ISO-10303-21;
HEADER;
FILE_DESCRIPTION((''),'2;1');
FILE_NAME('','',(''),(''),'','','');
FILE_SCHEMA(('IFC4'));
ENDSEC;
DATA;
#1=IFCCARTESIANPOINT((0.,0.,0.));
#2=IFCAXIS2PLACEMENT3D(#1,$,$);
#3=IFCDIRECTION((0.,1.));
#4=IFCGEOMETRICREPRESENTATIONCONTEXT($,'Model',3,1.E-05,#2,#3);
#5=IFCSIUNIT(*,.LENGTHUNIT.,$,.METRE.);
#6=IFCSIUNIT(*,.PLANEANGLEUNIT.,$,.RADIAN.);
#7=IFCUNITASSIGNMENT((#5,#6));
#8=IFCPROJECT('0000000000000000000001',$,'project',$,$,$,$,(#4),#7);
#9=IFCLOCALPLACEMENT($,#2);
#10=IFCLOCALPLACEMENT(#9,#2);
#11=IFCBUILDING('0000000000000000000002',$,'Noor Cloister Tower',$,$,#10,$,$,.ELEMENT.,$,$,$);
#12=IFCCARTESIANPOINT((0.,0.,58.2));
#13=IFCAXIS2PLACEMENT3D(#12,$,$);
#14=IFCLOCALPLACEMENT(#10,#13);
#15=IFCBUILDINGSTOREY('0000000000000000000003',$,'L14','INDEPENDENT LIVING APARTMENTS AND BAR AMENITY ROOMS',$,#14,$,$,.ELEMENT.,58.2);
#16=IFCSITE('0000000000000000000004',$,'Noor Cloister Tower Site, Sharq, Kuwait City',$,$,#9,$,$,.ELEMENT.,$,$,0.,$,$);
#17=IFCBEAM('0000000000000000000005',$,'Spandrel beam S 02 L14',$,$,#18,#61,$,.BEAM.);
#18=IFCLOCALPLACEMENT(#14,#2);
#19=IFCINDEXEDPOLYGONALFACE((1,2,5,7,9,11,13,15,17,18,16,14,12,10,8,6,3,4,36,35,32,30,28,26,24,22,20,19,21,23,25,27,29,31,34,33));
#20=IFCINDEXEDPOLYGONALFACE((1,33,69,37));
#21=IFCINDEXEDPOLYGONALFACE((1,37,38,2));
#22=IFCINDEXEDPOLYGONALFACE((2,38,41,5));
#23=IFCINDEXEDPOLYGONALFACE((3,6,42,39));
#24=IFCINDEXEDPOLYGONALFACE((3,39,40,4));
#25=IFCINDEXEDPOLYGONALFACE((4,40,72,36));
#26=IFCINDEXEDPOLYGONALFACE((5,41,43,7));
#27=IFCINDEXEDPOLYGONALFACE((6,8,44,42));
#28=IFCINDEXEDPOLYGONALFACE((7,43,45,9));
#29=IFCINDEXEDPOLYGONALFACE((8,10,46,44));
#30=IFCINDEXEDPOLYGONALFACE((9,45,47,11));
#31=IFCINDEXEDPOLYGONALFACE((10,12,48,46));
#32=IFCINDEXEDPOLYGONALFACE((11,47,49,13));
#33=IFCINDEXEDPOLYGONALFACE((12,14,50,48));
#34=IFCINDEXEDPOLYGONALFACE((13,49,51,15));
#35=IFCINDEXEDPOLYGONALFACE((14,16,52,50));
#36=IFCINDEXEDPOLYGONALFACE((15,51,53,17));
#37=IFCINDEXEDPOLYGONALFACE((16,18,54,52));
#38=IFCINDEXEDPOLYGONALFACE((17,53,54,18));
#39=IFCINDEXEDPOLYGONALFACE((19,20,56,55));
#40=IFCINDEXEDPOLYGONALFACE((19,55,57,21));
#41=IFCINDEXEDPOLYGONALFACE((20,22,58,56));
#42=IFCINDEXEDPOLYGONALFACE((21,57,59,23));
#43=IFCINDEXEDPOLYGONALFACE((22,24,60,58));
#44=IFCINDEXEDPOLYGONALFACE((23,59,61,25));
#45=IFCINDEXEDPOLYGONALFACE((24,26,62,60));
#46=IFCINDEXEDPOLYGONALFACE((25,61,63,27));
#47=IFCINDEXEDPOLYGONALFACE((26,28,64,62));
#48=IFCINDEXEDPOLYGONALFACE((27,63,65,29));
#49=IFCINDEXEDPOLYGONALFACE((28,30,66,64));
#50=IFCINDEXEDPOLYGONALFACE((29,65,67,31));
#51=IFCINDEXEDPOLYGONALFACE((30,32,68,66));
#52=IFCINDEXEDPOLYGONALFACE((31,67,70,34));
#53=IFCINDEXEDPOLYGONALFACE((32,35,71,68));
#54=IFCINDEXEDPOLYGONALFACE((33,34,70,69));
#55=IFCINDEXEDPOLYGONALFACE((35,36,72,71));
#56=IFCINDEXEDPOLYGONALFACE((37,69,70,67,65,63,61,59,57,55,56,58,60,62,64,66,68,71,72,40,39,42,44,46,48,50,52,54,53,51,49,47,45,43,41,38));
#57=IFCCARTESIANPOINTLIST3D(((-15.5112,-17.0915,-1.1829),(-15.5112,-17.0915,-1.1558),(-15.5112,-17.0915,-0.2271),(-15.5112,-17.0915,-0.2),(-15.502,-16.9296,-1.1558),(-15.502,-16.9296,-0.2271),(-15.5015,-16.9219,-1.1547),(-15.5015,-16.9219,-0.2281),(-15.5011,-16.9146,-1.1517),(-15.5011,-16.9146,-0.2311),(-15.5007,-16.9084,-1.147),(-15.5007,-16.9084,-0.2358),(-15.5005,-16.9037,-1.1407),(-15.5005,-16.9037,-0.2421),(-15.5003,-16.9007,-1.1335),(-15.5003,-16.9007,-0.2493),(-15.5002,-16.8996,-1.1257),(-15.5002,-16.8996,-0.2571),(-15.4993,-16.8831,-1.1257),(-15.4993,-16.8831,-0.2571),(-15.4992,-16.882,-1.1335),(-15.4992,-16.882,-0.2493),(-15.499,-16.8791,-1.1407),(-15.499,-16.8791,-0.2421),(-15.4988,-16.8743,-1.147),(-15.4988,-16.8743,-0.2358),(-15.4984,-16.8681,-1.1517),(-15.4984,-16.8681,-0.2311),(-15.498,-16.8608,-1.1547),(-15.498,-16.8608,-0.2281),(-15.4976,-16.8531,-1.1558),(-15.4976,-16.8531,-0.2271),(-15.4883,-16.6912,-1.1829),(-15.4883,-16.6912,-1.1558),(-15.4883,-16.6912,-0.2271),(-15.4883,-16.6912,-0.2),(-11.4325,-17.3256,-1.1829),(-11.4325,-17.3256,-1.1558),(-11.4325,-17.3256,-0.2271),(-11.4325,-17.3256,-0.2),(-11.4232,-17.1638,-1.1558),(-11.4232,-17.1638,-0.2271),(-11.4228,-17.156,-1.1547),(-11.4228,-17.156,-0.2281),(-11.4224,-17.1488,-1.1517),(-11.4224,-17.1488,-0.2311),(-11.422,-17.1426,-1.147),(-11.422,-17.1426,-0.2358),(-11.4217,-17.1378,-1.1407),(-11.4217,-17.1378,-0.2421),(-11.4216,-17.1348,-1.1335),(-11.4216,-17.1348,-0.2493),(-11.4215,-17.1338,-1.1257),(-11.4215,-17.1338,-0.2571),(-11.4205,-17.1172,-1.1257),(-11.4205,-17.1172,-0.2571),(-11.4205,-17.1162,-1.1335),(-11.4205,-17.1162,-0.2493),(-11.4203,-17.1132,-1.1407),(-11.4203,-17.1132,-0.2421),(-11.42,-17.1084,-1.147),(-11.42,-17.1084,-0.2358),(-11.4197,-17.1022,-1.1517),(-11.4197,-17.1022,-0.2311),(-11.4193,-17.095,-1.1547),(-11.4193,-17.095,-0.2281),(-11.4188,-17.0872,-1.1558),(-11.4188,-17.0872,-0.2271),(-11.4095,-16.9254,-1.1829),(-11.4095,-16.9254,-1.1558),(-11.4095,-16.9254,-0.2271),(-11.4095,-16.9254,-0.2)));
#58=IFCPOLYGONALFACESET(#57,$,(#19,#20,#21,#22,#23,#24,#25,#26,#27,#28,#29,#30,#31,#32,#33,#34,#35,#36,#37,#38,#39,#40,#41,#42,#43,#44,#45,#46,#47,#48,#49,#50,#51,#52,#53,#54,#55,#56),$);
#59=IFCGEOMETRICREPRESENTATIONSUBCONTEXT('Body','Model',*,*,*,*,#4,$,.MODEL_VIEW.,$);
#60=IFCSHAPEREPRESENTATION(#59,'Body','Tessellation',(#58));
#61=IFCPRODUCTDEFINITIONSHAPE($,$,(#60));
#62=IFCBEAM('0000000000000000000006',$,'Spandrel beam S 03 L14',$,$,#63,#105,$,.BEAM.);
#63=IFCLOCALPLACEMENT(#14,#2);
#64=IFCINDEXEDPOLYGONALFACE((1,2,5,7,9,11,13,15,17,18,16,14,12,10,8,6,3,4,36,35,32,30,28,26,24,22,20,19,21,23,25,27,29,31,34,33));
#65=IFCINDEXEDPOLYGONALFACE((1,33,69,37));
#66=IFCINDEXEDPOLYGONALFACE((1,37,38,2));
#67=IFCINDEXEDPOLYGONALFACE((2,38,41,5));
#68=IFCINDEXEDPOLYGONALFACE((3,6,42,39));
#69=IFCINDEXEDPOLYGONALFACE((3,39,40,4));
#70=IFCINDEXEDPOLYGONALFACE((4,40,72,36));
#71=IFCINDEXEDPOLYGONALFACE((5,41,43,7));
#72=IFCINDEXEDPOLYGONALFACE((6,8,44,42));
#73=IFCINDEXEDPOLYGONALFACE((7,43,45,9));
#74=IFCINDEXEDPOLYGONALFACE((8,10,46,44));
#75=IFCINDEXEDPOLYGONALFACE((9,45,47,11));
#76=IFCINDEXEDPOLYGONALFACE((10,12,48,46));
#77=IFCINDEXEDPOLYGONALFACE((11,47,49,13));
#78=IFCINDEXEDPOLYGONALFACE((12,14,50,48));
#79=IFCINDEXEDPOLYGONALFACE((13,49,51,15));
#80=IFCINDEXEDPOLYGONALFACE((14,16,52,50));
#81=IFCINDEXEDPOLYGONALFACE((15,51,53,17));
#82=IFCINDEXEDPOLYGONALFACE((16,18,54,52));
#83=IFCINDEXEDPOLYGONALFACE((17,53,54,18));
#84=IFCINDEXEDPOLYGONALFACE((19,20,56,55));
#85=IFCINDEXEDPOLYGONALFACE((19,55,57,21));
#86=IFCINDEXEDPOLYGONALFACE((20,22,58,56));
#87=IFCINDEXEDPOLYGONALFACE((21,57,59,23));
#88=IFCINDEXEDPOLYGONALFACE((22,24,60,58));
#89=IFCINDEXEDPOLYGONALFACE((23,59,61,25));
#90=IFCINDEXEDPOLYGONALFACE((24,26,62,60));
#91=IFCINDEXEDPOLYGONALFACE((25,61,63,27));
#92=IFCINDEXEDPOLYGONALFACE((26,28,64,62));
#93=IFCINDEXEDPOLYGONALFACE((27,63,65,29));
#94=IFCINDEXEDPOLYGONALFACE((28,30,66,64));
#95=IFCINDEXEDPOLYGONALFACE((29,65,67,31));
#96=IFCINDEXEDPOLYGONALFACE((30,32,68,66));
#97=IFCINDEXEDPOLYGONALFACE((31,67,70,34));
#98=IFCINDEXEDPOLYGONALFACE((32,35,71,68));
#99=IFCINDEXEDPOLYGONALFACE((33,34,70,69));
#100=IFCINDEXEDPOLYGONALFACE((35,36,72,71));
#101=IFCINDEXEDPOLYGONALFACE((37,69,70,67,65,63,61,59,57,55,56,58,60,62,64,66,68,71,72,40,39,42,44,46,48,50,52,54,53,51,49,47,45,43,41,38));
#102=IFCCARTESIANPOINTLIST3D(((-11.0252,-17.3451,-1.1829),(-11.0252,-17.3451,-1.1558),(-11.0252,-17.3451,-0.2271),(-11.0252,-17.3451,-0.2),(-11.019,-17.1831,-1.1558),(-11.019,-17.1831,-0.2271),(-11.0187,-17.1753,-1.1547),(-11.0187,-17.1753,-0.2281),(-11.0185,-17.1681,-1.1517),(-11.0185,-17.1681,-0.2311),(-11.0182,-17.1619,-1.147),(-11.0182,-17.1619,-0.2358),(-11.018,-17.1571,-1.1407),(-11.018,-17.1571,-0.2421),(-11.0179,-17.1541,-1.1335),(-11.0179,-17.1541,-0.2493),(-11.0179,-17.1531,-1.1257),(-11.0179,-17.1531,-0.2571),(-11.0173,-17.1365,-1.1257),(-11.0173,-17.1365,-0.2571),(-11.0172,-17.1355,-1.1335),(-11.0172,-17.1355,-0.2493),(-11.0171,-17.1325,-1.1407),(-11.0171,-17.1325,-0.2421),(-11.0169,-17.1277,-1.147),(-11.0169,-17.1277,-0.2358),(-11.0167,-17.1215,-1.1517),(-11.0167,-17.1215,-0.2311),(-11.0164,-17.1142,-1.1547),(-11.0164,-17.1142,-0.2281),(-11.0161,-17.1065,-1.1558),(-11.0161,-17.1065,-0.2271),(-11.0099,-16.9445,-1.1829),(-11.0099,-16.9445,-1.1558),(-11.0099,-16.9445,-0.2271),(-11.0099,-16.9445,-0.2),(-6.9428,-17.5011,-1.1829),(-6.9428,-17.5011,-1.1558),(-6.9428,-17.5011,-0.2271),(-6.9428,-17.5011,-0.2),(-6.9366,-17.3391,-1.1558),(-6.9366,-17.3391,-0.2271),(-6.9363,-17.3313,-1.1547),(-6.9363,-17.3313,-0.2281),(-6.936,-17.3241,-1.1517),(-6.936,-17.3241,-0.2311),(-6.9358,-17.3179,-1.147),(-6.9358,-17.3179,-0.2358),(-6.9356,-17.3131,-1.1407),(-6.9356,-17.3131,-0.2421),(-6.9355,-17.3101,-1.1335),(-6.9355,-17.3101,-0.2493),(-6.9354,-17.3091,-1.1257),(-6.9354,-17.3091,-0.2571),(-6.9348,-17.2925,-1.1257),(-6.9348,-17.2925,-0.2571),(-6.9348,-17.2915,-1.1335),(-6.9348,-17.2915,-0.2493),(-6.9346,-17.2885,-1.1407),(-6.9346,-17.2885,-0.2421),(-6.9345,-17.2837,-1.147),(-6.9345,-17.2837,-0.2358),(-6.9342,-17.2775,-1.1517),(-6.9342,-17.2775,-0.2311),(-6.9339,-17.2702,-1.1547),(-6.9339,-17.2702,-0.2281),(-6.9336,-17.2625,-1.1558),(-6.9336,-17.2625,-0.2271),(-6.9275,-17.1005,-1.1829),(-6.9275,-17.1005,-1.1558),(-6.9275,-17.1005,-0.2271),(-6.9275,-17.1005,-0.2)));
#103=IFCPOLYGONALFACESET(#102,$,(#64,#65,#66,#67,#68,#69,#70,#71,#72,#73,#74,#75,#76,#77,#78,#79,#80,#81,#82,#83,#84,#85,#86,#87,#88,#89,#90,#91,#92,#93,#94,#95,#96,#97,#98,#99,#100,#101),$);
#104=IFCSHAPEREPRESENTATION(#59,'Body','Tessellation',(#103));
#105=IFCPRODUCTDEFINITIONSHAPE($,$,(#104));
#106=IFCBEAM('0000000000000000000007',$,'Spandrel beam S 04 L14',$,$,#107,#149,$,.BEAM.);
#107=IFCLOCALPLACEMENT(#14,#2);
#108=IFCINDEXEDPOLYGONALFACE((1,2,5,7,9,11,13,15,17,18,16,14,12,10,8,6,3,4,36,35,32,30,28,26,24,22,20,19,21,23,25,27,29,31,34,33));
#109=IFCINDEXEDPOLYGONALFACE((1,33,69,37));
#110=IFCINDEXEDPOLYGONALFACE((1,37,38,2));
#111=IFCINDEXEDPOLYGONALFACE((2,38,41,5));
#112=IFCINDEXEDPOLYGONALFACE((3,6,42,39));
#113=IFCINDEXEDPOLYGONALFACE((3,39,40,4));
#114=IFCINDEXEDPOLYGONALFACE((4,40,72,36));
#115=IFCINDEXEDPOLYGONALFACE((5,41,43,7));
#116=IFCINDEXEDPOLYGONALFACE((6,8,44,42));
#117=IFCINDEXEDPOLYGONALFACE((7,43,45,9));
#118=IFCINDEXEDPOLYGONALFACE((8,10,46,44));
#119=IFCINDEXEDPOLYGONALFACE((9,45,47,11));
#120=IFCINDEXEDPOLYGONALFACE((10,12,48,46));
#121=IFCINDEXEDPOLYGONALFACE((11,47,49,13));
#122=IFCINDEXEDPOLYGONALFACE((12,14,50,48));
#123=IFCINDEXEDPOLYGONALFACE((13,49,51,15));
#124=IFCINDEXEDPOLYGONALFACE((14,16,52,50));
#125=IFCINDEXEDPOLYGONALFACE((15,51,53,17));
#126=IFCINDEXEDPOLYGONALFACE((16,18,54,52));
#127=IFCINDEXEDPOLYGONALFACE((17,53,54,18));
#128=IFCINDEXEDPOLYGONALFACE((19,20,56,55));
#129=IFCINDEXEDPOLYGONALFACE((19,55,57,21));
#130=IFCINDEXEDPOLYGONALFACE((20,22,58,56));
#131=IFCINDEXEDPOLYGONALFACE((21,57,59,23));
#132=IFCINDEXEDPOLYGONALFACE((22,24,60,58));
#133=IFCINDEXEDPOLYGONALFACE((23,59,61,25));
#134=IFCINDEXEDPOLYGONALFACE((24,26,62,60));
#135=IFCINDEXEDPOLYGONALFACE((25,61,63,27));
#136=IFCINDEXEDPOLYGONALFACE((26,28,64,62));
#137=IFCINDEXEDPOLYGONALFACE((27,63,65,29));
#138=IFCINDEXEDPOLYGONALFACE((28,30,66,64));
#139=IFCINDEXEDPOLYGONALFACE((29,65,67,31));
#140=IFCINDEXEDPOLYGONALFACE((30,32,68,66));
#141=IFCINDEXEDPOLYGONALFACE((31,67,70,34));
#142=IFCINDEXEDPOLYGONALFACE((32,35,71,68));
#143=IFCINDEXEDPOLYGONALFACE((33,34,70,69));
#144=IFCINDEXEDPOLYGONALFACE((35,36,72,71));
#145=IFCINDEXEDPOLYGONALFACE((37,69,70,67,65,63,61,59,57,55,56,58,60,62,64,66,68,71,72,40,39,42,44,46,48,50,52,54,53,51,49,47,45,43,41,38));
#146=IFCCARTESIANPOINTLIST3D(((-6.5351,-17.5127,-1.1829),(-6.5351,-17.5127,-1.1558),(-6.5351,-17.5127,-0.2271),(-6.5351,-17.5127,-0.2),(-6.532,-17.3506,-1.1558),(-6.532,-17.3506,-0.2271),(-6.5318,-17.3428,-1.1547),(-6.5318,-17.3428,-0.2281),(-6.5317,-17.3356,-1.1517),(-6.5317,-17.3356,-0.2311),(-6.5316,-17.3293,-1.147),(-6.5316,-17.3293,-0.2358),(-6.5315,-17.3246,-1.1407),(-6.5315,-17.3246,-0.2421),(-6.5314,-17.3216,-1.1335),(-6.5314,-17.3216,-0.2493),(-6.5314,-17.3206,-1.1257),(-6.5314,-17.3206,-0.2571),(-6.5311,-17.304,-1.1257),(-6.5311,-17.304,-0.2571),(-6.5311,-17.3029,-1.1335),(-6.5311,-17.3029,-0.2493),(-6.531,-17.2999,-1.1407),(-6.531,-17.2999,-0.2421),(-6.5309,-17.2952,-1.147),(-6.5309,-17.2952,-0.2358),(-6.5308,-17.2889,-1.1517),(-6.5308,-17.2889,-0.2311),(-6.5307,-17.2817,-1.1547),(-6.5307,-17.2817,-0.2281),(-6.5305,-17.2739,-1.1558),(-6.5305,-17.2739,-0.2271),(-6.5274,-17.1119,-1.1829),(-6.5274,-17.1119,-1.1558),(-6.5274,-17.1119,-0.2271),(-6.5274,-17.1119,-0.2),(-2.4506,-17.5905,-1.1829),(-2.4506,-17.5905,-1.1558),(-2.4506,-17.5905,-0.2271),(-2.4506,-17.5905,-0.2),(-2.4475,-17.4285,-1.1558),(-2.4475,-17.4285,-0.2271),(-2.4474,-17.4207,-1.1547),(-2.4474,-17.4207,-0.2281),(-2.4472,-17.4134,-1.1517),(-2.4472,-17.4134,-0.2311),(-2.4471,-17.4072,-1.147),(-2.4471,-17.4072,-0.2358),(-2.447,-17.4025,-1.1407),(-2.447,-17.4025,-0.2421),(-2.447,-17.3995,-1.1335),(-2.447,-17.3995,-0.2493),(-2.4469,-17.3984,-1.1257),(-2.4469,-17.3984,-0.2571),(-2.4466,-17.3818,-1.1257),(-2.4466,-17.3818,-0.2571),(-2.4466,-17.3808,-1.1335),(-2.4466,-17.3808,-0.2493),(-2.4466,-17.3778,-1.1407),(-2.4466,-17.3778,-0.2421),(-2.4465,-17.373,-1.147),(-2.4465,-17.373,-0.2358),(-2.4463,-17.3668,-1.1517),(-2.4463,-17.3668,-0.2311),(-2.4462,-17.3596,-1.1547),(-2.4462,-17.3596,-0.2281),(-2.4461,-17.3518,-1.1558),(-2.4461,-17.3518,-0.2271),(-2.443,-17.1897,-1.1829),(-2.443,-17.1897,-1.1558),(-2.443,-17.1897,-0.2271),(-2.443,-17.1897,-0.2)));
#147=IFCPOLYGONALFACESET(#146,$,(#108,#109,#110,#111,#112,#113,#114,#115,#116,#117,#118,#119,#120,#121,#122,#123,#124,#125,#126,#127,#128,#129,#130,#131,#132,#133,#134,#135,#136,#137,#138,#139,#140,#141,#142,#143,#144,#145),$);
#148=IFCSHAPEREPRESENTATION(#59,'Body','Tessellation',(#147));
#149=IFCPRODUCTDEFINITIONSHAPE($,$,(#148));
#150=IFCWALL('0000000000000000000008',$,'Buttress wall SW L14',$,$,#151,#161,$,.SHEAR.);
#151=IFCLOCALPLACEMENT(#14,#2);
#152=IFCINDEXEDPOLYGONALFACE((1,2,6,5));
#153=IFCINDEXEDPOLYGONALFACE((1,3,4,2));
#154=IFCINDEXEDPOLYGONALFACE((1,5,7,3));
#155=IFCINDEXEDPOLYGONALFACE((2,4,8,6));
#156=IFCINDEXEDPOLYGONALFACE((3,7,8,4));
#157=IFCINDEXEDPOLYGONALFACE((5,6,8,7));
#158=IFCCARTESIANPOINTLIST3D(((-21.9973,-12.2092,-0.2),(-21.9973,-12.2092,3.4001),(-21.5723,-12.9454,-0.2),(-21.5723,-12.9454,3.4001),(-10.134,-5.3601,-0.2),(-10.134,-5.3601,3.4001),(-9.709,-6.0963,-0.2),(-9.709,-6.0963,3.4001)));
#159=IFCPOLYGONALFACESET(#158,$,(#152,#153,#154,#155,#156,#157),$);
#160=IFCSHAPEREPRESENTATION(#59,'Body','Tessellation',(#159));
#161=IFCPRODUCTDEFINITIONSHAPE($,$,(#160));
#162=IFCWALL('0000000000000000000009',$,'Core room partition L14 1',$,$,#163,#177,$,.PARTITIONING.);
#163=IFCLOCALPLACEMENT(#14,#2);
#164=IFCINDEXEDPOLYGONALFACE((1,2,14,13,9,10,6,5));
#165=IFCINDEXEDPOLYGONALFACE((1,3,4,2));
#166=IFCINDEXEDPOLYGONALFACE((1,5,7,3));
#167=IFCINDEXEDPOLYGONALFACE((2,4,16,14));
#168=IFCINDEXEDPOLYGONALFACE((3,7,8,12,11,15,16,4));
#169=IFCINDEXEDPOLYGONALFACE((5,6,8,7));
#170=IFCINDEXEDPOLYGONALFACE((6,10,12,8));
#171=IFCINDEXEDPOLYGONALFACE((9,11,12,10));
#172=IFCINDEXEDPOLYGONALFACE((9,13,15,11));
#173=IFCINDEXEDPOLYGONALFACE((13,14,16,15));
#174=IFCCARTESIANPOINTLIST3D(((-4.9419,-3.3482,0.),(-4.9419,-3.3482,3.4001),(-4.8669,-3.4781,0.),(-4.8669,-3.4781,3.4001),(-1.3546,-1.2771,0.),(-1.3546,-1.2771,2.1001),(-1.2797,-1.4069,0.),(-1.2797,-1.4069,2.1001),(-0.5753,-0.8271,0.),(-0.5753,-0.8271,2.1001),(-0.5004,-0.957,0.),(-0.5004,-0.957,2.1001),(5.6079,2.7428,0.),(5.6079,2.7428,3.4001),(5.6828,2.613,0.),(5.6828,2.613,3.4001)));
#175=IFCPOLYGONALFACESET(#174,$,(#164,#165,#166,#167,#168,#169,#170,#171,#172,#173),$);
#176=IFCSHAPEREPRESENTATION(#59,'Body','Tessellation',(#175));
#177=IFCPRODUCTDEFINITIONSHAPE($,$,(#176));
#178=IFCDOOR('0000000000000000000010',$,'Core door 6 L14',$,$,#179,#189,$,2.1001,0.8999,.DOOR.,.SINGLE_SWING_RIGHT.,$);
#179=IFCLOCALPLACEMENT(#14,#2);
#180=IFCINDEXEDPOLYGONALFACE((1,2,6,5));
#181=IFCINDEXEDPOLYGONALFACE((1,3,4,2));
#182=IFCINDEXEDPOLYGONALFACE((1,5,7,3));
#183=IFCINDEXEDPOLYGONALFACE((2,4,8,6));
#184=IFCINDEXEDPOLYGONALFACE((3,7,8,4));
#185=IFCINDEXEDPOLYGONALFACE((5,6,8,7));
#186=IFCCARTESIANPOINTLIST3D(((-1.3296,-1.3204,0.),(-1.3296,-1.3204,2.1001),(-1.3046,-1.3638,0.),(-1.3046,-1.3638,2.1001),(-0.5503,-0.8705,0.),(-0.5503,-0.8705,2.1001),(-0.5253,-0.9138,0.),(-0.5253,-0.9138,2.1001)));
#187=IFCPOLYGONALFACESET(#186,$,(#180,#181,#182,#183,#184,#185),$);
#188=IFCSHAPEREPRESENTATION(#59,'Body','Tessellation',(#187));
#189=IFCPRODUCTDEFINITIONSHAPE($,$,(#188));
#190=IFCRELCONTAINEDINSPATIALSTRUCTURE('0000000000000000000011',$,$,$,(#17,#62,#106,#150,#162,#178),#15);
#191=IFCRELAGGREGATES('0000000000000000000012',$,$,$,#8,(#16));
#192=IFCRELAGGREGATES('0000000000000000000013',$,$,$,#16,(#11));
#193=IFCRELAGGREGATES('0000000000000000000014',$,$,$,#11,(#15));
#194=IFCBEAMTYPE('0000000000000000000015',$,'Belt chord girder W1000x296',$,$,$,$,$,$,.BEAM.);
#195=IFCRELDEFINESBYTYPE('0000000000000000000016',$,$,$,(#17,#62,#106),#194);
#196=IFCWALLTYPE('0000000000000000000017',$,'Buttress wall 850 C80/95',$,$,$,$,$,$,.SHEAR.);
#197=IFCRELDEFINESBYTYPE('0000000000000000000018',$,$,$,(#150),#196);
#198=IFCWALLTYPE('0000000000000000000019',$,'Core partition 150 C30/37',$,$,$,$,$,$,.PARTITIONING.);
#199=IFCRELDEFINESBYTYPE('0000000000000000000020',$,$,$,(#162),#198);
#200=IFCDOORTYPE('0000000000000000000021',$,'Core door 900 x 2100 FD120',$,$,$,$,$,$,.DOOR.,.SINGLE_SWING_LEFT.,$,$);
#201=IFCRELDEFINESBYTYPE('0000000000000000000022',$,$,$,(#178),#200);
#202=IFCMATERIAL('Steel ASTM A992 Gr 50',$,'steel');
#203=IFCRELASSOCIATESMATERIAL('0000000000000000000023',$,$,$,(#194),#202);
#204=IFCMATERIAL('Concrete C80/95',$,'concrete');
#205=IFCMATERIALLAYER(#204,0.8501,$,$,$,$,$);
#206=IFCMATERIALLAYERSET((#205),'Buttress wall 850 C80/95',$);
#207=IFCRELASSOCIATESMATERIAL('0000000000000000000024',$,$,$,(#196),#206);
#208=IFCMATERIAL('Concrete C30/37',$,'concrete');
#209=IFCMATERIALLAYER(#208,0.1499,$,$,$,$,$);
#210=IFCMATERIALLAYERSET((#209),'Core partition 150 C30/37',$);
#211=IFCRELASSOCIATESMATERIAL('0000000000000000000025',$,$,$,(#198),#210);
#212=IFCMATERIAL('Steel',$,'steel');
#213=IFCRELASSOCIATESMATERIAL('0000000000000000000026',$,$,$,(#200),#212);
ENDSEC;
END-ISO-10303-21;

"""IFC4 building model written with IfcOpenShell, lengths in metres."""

from ifc_helpers import new_model, si_unit, direction, frame, frame_2d, origin, origin_2d, place, context, subcontext, project, spatial, rectangle, i_section, extrude, material, layer, layer_set, material_profile, profile_set, type_object, element, fill, save


model = new_model("IFC4")

# Units and contexts
model_context = context("Model", 3, precision=1e-05, world=origin(), true_north=direction((0.0, 1.0)))
body_context = subcontext(model_context, "Body", "Model", "MODEL_VIEW")
ifc_project = project(units=[si_unit("LENGTHUNIT", "METRE"), si_unit("PLANEANGLEUNIT", "RADIAN")], contexts=[model_context])

# Site, building, storey
site_placement = place(None, origin())
site = spatial("IfcSite", under=ifc_project, at=site_placement, Name="Noor Cloister Tower Site, Sharq, Kuwait City", CompositionType="ELEMENT", RefElevation=0.0)
building_placement = place(site_placement, origin())
building = spatial("IfcBuilding", under=site, at=building_placement, Name="Noor Cloister Tower", CompositionType="ELEMENT")
storey_placement = place(building_placement, frame((0.0, 0.0, 58.2)))
storey = spatial("IfcBuildingStorey", under=building, at=storey_placement, Name="L14", Description="INDEPENDENT LIVING APARTMENTS AND BAR AMENITY ROOMS", CompositionType="ELEMENT", Elevation=58.2)

# Beams
ifc_material_1 = material(Name="Steel ASTM A992 Gr 50", Category="steel")
ifc_material_profile_1 = material_profile(ifc_material_1, i_section(OverallWidth=0.4009, OverallDepth=0.9829, WebThickness=0.0166, FlangeThickness=0.0271, FilletRadius=0.03, at=origin_2d()), Name="W1000x296")
ifc_profile_set_1 = profile_set([ifc_material_profile_1], Name="Steel ASTM A992 Gr 50")
beam_type = type_object("IfcBeamType", Name="Belt chord girder W1000x296", PredefinedType="BEAM", material=ifc_profile_set_1)
for number, where, z_axis, x_axis, name in (
    (1, (-15.4998, -16.8914, -0.6914), (0.998356, -0.05731, 0.0), (0.05731, 0.998356, 0.0), "Spandrel beam S 02 L14"),
    (2, (-11.0176, -17.1448, -0.6914), (0.999271, -0.038185, 0.0), (0.038185, 0.999271, 0.0), "Spandrel beam S 03 L14"),
):
    element("IfcBeam", number, at=place(storey_placement, frame(where, z_axis=z_axis, x_axis=x_axis)), inside=storey, type_object=beam_type, Name=name, PredefinedType="BEAM", context=body_context, shape_type="SweptSolid", body=[
        extrude(i_section(OverallWidth=0.4009, OverallDepth=0.9829, WebThickness=0.0166, FlangeThickness=0.0271, FilletRadius=0.03, at=origin_2d()), origin(), (0.0, 0.0, 1.0), 4.0854),
    ])
beam_placement = place(storey_placement, frame((-6.5312, -17.3123, -0.6914), z_axis=(0.999818, -0.019064, 0.0), x_axis=(0.019064, 0.999818, 0.0)))
element("IfcBeam", 3, at=beam_placement, inside=storey, type_object=beam_type, Name="Spandrel beam S 04 L14", PredefinedType="BEAM", context=body_context, shape_type="SweptSolid", body=[
    extrude(i_section(OverallWidth=0.4009, OverallDepth=0.9829, WebThickness=0.0166, FlangeThickness=0.0271, FilletRadius=0.03, at=origin_2d()), origin(), (0.0, 0.0, 1.0), 4.0852),
])

# Wall
ifc_material_2 = material(Name="Concrete C80/95", Category="concrete")
ifc_layer_1 = layer(ifc_material_2, 0.8501)
ifc_layer_set_1 = layer_set([ifc_layer_1], Name="Buttress wall 850 C80/95")
wall_type_1 = type_object("IfcWallType", Name="Buttress wall 850 C80/95", PredefinedType="SHEAR", material=ifc_layer_set_1)
wall_1_placement = place(storey_placement, frame((-9.9216, -5.7283, -0.2), z_axis=(0.0, 0.0, 1.0), x_axis=(-0.86603, -0.499992, 0.0)))
element("IfcWall", 4, at=wall_1_placement, inside=storey, type_object=wall_type_1, Name="Buttress wall SW L14", PredefinedType="SHEAR", context=body_context, shape_type="SweptSolid", body=[
    extrude(rectangle(XDim=13.6985, YDim=0.8501, at=frame_2d((6.8491, 0.0))), origin(), (0.0, 0.0, 1.0), 3.6001),
])

# Wall, opening, door
ifc_material_3 = material(Name="Concrete C30/37", Category="concrete")
ifc_layer_2 = layer(ifc_material_3, 0.1499)
ifc_layer_set_2 = layer_set([ifc_layer_2], Name="Core partition 150 C30/37")
wall_type_2 = type_object("IfcWallType", Name="Core partition 150 C30/37", PredefinedType="PARTITIONING", material=ifc_layer_set_2)
wall_2_placement = place(storey_placement, frame((-4.9043, -3.4131, 0.0), z_axis=(0.0, 0.0, 1.0), x_axis=(0.866021, 0.500008, 0.0)))
wall_2 = element("IfcWall", 5, at=wall_2_placement, inside=storey, type_object=wall_type_2, Name="Core room partition L14 1", PredefinedType="PARTITIONING", context=body_context, shape_type="SweptSolid", body=[
    extrude(rectangle(XDim=12.1819, YDim=0.1499, at=frame_2d((6.0908, 0.0))), origin(), (0.0, 0.0, 1.0), 3.4001),
])
opening_1_placement = place(wall_2_placement, frame((4.1421, 0.0, 0.0)))
opening_1 = element("IfcOpeningElement", 6, at=opening_1_placement, cuts=wall_2, PredefinedType="OPENING", context=body_context, shape_type="SweptSolid", body=[
    extrude(rectangle(XDim=0.8999, YDim=2.1001, at=frame_2d((0.45, 1.05))), frame((0.0, 0.085, 0.0), z_axis=(0.0, -1.0, 0.0), x_axis=(1.0, 0.0, 0.0)), (0.0, 0.0, 1.0), 0.1699),
])
ifc_material_4 = material(Name="Steel", Category="steel")
door_type_1 = type_object("IfcDoorType", Name="Core door 900 x 2100 FD120", OperationType="SINGLE_SWING_LEFT", PredefinedType="DOOR", material=ifc_material_4)
door_1_placement = place(opening_1_placement, origin())
door_1 = element("IfcDoor", 7, at=door_1_placement, inside=storey, type_object=door_type_1, Name="Core door 6 L14", OperationType="SINGLE_SWING_RIGHT", OverallHeight=2.1001, OverallWidth=0.8999, PredefinedType="DOOR", context=body_context, shape_type="SweptSolid", body=[
    extrude(rectangle(XDim=0.8999, YDim=2.1001, at=frame_2d((0.45, 1.05))), frame((0.0, 0.0249, 0.0), z_axis=(0.0, -1.0, 0.0), x_axis=(1.0, 0.0, 0.0)), (0.0, 0.0, 1.0), 0.05),
])
fill(opening_1, door_1)

save(model, "model.ifc")
